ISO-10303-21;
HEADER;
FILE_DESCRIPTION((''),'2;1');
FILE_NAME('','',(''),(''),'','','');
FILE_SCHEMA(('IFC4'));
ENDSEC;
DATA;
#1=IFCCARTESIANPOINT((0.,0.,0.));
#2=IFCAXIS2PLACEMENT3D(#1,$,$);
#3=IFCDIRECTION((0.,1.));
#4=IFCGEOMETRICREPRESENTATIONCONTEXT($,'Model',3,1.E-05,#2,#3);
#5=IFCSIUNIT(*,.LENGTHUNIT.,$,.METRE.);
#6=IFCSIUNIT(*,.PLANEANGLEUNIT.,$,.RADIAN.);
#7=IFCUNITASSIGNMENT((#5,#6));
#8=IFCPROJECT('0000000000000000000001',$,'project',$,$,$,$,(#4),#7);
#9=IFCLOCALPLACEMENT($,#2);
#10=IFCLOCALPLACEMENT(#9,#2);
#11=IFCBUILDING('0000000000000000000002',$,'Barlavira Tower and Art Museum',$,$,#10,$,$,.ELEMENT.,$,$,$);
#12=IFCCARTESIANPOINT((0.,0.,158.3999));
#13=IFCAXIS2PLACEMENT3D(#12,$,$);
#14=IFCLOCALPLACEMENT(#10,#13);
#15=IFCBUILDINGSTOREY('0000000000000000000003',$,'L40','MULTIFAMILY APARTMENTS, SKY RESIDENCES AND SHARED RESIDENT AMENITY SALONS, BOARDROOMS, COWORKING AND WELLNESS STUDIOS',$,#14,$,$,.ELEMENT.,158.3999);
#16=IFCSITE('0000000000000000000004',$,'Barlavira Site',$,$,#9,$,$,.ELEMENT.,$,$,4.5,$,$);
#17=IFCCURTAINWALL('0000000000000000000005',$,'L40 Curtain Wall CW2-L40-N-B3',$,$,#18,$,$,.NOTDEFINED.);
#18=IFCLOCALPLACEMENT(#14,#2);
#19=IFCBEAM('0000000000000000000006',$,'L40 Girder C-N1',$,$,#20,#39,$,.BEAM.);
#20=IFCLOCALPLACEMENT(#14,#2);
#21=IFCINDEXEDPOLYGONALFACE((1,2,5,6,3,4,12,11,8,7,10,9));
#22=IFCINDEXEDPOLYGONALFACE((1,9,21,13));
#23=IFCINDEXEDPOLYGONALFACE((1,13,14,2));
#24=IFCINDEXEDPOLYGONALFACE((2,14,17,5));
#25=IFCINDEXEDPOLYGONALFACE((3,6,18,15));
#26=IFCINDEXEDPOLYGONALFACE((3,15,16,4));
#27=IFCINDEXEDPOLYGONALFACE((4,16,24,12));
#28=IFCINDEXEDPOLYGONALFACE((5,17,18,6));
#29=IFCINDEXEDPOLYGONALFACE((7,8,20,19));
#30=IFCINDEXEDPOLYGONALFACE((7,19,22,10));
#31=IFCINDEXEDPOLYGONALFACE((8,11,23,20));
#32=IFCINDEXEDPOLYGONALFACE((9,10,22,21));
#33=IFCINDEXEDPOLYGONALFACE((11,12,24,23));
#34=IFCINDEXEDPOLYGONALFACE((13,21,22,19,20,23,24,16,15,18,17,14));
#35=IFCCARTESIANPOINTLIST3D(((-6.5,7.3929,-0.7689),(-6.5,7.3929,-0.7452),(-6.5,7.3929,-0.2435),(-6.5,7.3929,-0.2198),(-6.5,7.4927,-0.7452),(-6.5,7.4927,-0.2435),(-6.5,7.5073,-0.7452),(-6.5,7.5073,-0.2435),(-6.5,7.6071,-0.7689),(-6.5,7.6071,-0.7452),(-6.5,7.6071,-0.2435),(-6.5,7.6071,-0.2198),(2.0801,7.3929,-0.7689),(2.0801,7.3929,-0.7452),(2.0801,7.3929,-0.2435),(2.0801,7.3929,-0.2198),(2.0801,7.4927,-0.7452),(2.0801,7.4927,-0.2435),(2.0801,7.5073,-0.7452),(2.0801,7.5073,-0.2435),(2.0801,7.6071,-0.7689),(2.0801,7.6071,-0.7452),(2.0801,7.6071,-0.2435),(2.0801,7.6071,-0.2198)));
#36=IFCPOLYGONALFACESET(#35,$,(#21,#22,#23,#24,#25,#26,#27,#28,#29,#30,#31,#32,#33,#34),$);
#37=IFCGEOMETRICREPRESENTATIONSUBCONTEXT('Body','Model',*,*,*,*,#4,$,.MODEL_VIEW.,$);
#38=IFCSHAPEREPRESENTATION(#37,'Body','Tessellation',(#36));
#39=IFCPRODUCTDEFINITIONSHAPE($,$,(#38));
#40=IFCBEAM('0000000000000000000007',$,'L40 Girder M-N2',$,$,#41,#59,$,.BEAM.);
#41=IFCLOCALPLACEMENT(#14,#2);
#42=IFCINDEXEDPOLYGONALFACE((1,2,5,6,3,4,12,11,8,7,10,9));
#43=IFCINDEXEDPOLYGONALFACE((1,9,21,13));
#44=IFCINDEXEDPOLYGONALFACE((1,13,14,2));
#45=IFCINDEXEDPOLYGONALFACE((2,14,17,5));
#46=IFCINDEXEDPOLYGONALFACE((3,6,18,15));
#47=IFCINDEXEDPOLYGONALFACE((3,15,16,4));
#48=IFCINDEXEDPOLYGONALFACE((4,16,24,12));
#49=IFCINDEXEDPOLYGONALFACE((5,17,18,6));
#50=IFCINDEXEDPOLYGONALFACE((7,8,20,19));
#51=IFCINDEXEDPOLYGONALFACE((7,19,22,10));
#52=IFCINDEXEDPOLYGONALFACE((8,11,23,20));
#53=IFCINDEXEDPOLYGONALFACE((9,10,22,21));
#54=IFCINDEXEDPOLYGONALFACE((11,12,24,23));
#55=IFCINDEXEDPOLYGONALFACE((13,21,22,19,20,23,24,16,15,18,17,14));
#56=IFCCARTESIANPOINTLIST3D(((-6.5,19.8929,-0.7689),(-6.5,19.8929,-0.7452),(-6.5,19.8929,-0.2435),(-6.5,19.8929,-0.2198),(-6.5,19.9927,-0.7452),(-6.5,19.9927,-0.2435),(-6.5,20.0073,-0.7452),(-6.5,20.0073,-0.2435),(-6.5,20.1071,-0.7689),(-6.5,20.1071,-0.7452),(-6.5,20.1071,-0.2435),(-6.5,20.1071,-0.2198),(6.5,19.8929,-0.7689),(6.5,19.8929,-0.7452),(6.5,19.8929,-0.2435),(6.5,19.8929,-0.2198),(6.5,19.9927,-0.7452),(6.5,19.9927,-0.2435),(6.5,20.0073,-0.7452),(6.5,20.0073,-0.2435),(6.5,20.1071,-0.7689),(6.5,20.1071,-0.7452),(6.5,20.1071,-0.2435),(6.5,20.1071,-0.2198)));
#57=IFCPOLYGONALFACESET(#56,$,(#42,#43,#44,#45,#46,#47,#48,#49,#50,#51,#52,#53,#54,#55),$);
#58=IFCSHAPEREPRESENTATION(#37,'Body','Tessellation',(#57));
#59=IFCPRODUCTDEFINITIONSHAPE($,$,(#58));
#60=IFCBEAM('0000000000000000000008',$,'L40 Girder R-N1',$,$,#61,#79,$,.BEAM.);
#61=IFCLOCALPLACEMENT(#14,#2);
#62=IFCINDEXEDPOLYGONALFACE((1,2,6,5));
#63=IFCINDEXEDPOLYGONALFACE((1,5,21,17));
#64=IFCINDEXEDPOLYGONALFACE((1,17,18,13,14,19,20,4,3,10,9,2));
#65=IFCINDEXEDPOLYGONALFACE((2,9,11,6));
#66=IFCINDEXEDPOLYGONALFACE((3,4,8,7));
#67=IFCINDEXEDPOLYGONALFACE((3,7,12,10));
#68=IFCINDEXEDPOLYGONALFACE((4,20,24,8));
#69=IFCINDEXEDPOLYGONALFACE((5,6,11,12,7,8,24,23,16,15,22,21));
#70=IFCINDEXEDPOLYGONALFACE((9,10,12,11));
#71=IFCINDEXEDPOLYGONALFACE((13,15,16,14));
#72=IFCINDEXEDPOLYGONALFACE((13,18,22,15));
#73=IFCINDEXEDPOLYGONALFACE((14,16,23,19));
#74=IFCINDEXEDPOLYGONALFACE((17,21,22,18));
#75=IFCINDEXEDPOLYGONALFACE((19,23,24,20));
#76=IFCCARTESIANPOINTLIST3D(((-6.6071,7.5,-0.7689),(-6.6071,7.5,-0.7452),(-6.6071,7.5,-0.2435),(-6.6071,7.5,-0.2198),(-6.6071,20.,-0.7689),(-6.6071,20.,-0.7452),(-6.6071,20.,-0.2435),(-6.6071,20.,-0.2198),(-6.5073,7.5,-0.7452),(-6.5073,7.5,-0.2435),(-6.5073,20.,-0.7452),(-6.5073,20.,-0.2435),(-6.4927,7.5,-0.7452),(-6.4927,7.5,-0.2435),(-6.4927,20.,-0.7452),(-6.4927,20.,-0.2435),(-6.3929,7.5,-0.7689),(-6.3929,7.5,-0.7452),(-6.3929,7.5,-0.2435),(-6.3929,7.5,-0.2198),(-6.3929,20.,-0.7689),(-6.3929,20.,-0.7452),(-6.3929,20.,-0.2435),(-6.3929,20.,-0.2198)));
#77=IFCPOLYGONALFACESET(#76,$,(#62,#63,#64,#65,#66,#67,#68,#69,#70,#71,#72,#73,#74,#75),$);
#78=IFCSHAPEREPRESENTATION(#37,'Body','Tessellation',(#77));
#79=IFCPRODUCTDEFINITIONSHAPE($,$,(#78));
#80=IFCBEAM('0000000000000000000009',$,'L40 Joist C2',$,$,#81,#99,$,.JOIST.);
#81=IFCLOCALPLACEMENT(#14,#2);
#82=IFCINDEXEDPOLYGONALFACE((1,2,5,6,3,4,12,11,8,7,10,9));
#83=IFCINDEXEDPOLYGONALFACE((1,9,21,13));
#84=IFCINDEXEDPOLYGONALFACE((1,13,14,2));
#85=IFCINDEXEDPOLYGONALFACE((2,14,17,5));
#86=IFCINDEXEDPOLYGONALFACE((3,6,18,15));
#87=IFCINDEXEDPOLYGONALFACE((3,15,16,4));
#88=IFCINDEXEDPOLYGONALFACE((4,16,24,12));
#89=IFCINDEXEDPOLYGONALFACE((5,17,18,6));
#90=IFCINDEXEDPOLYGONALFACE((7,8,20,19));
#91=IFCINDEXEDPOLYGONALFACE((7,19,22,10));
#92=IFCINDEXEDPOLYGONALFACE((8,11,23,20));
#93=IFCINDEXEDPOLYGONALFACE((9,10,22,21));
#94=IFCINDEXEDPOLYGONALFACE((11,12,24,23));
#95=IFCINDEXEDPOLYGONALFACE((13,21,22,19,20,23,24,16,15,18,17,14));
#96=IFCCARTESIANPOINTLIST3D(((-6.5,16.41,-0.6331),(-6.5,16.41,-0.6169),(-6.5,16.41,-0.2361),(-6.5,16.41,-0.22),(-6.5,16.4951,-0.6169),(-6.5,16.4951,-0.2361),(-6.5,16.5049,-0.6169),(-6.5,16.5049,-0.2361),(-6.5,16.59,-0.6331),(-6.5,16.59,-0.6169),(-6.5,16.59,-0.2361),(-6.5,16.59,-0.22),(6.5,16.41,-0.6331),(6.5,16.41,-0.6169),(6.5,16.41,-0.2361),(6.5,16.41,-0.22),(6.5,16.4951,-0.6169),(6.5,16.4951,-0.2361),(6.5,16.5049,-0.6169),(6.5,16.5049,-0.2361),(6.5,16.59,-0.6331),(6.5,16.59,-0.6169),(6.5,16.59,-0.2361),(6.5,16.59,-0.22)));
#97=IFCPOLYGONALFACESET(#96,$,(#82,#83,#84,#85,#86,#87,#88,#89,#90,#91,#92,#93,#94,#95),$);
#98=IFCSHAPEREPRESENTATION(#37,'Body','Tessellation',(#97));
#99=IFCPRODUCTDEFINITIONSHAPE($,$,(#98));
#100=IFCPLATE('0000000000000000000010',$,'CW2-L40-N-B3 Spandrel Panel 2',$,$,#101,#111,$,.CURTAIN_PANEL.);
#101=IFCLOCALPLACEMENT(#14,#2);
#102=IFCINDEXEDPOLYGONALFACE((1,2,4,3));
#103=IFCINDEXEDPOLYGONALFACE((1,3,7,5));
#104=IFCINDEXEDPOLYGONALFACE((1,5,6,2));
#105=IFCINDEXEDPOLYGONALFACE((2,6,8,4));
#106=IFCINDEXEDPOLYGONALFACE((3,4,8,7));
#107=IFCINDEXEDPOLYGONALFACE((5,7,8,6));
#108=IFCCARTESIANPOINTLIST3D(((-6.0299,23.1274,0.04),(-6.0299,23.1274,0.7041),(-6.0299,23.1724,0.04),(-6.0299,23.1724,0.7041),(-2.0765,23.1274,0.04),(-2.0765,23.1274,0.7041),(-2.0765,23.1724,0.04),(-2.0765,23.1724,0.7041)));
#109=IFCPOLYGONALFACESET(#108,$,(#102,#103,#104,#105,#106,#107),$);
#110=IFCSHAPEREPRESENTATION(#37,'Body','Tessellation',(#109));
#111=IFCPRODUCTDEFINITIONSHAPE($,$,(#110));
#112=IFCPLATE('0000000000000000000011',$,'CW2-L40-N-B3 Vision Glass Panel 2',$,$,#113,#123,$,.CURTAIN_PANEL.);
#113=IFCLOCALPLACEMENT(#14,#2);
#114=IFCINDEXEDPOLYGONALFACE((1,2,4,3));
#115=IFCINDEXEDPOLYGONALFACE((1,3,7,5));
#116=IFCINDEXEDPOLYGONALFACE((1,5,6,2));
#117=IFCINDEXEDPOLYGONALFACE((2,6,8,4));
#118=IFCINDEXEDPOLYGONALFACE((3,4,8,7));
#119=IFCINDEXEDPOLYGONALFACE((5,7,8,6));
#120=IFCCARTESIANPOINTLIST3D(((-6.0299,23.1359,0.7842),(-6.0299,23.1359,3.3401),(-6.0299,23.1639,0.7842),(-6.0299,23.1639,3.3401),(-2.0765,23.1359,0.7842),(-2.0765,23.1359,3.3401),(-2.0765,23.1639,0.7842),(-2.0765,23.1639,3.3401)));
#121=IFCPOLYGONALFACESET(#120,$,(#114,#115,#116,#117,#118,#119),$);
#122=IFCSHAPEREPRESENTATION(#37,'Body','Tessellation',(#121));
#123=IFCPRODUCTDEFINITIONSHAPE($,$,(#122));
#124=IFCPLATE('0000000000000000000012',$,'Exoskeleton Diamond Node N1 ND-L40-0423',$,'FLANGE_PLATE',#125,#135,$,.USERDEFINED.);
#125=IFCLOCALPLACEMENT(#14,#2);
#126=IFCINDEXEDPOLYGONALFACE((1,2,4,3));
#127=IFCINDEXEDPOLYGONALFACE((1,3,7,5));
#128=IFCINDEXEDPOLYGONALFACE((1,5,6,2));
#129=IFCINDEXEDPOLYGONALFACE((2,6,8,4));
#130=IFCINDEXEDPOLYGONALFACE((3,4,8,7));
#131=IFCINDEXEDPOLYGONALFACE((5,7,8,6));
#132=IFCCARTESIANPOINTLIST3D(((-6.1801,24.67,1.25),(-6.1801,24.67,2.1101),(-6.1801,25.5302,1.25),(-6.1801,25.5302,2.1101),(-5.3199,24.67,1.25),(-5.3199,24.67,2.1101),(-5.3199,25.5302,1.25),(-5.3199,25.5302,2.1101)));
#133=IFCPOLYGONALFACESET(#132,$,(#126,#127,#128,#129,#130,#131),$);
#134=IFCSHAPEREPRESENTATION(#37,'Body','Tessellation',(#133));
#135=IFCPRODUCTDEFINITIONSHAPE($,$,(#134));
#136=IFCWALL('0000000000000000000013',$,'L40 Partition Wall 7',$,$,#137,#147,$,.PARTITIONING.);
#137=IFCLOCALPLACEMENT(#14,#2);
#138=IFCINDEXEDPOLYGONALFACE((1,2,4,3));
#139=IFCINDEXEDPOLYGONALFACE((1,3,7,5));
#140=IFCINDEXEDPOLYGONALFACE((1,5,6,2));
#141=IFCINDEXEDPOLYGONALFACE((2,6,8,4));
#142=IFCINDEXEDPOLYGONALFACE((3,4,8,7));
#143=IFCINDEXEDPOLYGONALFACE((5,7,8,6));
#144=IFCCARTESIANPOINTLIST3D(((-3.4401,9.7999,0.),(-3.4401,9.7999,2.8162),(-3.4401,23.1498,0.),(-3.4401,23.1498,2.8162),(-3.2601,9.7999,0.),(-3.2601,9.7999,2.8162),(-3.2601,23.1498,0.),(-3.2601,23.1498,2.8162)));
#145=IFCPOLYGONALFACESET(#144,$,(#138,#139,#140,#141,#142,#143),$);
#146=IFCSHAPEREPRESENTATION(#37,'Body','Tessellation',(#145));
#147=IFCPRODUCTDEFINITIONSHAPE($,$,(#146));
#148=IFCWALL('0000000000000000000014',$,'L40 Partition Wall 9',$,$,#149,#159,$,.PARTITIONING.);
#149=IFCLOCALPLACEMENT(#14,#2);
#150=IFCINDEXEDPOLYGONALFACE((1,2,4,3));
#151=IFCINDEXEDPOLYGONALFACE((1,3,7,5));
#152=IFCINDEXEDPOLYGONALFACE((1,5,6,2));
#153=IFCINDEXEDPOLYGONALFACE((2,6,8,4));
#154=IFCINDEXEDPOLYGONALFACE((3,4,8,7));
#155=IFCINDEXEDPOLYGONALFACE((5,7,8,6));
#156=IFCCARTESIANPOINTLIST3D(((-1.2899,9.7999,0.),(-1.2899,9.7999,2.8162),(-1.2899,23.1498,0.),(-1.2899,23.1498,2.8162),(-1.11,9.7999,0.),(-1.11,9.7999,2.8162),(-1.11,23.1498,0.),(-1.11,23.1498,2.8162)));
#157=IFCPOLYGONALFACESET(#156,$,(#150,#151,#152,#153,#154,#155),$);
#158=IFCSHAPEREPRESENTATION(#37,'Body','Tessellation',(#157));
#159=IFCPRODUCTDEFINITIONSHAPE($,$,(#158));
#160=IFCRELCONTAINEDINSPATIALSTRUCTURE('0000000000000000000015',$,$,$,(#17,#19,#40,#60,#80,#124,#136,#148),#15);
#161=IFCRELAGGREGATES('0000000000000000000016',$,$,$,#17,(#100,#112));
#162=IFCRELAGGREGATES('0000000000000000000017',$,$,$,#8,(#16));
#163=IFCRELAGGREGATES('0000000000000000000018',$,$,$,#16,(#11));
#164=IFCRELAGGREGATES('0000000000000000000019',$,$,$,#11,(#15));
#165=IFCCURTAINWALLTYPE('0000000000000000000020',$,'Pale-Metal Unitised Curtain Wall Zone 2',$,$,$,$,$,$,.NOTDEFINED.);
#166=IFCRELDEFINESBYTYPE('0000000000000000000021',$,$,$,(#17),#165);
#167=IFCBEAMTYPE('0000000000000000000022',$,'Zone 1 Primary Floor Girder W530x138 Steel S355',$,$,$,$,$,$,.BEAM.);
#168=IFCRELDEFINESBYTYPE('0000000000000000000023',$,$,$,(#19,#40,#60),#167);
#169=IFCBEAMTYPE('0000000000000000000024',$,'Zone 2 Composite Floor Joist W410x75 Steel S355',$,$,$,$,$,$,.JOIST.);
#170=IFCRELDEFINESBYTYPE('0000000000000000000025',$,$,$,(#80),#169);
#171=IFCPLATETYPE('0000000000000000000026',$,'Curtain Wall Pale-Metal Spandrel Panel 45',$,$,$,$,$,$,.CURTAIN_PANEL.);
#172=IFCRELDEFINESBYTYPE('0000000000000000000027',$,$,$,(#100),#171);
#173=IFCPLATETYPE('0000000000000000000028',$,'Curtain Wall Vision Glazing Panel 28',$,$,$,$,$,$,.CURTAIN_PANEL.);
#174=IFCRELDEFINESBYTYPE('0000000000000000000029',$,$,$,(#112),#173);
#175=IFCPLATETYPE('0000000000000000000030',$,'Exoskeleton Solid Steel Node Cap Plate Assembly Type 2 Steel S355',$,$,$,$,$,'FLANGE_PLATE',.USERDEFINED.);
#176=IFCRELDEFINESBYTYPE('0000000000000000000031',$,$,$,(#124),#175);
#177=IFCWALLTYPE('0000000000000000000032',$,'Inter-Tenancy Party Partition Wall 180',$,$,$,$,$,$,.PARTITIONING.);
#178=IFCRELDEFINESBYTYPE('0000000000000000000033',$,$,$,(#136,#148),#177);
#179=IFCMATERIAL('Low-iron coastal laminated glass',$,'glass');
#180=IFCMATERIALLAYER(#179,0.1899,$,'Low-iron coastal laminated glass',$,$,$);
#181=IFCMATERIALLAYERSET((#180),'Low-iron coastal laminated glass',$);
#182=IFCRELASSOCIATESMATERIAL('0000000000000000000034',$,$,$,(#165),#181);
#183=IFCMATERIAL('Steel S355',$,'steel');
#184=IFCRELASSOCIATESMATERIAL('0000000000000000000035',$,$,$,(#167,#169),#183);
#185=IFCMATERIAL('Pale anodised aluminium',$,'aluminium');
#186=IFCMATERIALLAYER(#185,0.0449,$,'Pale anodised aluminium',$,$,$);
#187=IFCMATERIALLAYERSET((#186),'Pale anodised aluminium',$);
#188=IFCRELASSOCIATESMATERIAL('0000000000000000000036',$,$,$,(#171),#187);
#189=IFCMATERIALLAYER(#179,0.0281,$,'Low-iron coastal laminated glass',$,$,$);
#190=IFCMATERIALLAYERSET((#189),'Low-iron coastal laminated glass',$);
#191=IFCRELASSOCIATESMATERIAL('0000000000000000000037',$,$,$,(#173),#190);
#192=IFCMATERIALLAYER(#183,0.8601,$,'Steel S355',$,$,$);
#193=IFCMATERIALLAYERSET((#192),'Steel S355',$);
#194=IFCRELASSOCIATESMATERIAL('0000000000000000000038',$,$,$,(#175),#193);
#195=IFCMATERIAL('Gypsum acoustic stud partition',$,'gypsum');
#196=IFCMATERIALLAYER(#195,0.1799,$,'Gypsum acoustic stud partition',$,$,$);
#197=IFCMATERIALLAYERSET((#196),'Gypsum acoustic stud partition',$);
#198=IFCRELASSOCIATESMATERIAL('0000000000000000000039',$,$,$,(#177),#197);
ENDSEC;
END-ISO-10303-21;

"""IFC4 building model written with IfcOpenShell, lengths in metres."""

from ifc_helpers import new_model, si_unit, direction, frame, frame_2d, origin, origin_2d, place, context, subcontext, project, spatial, rectangle, i_section, extrude, material, layer, layer_set, material_profile, profile_set, type_object, element, aggregate, save


model = new_model("IFC4")

# Units and contexts
model_context = context("Model", 3, precision=1e-05, world=origin(), true_north=direction((0.0, 1.0)))
body_context = subcontext(model_context, "Body", "Model", "MODEL_VIEW")
ifc_project = project(units=[si_unit("LENGTHUNIT", "METRE"), si_unit("PLANEANGLEUNIT", "RADIAN")], contexts=[model_context])

# Site, building, storey
site_placement = place(None, origin())
site = spatial("IfcSite", under=ifc_project, at=site_placement, Name="Barlavira Site", CompositionType="ELEMENT", RefElevation=4.5)
building_placement = place(site_placement, origin())
building = spatial("IfcBuilding", under=site, at=building_placement, Name="Barlavira Tower and Art Museum", CompositionType="ELEMENT")
storey_placement = place(building_placement, frame((0.0, 0.0, 158.3999)))
storey = spatial("IfcBuildingStorey", under=building, at=storey_placement, Name="L40", Description="MULTIFAMILY APARTMENTS, SKY RESIDENCES AND SHARED RESIDENT AMENITY SALONS, BOARDROOMS, COWORKING AND WELLNESS STUDIOS", CompositionType="ELEMENT", Elevation=158.3999)

# Shared definitions
ifc_material_1 = material(Name="Steel S355", Category="steel")

# Curtain wall
ifc_material_2 = material(Name="Low-iron coastal laminated glass", Category="glass")
ifc_layer_1 = layer(ifc_material_2, 0.1899, Name="Low-iron coastal laminated glass")
ifc_layer_set_1 = layer_set([ifc_layer_1], Name="Low-iron coastal laminated glass")
curtain_wall_type = type_object("IfcCurtainWallType", Name="Pale-Metal Unitised Curtain Wall Zone 2", PredefinedType="NOTDEFINED", material=ifc_layer_set_1)
curtain_wall_placement = place(storey_placement, origin())
curtain_wall = element("IfcCurtainWall", 1, at=curtain_wall_placement, inside=storey, type_object=curtain_wall_type, Name="L40 Curtain Wall CW2-L40-N-B3", PredefinedType="NOTDEFINED")
ifc_material_3 = material(Name="Pale anodised aluminium", Category="aluminium")

# Beams
ifc_material_profile_1 = material_profile(ifc_material_1, i_section(OverallWidth=0.2141, OverallDepth=0.5491, WebThickness=0.0146, FlangeThickness=0.0237, at=origin_2d()), Name="W530x138.0")
ifc_profile_set_1 = profile_set([ifc_material_profile_1], Name="Steel S355")
beam_type_1 = type_object("IfcBeamType", Name="Zone 1 Primary Floor Girder W530x138 Steel S355", PredefinedType="BEAM", material=ifc_profile_set_1)
beam_1_placement = place(storey_placement, frame((-6.5, 7.5, -0.4944), z_axis=(1.0, 0.0, 0.0), x_axis=(0.0, 1.0, 0.0)))
element("IfcBeam", 2, at=beam_1_placement, inside=storey, type_object=beam_type_1, Name="L40 Girder C-N1", PredefinedType="BEAM", context=body_context, shape_type="SweptSolid", body=[
    extrude(i_section(OverallWidth=0.2141, OverallDepth=0.5491, WebThickness=0.0146, FlangeThickness=0.0237, at=origin_2d()), origin(), (0.0, 0.0, 1.0), 8.5801),
])
beam_2_placement = place(storey_placement, frame((-6.5, 20.0, -0.4944), z_axis=(1.0, 0.0, 0.0), x_axis=(0.0, 1.0, 0.0)))
element("IfcBeam", 3, at=beam_2_placement, inside=storey, type_object=beam_type_1, Name="L40 Girder M-N2", PredefinedType="BEAM", context=body_context, shape_type="SweptSolid", body=[
    extrude(i_section(OverallWidth=0.2141, OverallDepth=0.5491, WebThickness=0.0146, FlangeThickness=0.0237, at=origin_2d()), origin(), (0.0, 0.0, 1.0), 13.0),
])
beam_3_placement = place(storey_placement, frame((-6.5, 7.5, -0.4944), z_axis=(0.0, 1.0, 0.0), x_axis=(-1.0, 0.0, 0.0)))
element("IfcBeam", 4, at=beam_3_placement, inside=storey, type_object=beam_type_1, Name="L40 Girder R-N1", PredefinedType="BEAM", context=body_context, shape_type="SweptSolid", body=[
    extrude(i_section(OverallWidth=0.2141, OverallDepth=0.5491, WebThickness=0.0146, FlangeThickness=0.0237, at=origin_2d()), origin(), (0.0, 0.0, 1.0), 12.5),
])
ifc_material_profile_2 = material_profile(ifc_material_1, i_section(OverallWidth=0.1799, OverallDepth=0.4131, WebThickness=0.0098, FlangeThickness=0.0161, at=origin_2d()), Name="W410x75.0")
ifc_profile_set_2 = profile_set([ifc_material_profile_2], Name="Steel S355")
beam_type_2 = type_object("IfcBeamType", Name="Zone 2 Composite Floor Joist W410x75 Steel S355", PredefinedType="JOIST", material=ifc_profile_set_2)
beam_4_placement = place(storey_placement, frame((-6.5, 16.5, -0.4265), z_axis=(1.0, 0.0, 0.0), x_axis=(0.0, 1.0, 0.0)))
element("IfcBeam", 5, at=beam_4_placement, inside=storey, type_object=beam_type_2, Name="L40 Joist C2", PredefinedType="JOIST", context=body_context, shape_type="SweptSolid", body=[
    extrude(i_section(OverallWidth=0.1799, OverallDepth=0.4131, WebThickness=0.0098, FlangeThickness=0.0161, at=origin_2d()), origin(), (0.0, 0.0, 1.0), 13.0),
])

# Plates
ifc_layer_2 = layer(ifc_material_3, 0.0449, Name="Pale anodised aluminium")
ifc_layer_set_2 = layer_set([ifc_layer_2], Name="Pale anodised aluminium")
plate_type_1 = type_object("IfcPlateType", Name="Curtain Wall Pale-Metal Spandrel Panel 45", PredefinedType="CURTAIN_PANEL", material=ifc_layer_set_2)
plate_1_placement = place(storey_placement, frame((-4.0532, 23.1499, 0.04), z_axis=(0.0, 0.0, 1.0), x_axis=(-1.0, 0.0, 0.0)))
plate_1 = element("IfcPlate", 6, at=plate_1_placement, type_object=plate_type_1, Name="CW2-L40-N-B3 Spandrel Panel 2", PredefinedType="CURTAIN_PANEL", context=body_context, shape_type="SweptSolid", body=[
    extrude(rectangle(XDim=3.9534, YDim=0.0449, at=origin_2d()), origin(), (0.0, 0.0, 1.0), 0.6641),
])
ifc_layer_3 = layer(ifc_material_2, 0.0281, Name="Low-iron coastal laminated glass")
ifc_layer_set_3 = layer_set([ifc_layer_3], Name="Low-iron coastal laminated glass")
plate_type_2 = type_object("IfcPlateType", Name="Curtain Wall Vision Glazing Panel 28", PredefinedType="CURTAIN_PANEL", material=ifc_layer_set_3)
plate_2_placement = place(storey_placement, frame((-4.0532, 23.1499, 0.7842), z_axis=(0.0, 0.0, 1.0), x_axis=(-1.0, 0.0, 0.0)))
plate_2 = element("IfcPlate", 7, at=plate_2_placement, type_object=plate_type_2, Name="CW2-L40-N-B3 Vision Glass Panel 2", PredefinedType="CURTAIN_PANEL", context=body_context, shape_type="SweptSolid", body=[
    extrude(rectangle(XDim=3.9534, YDim=0.0281, at=origin_2d()), origin(), (0.0, 0.0, 1.0), 2.5559),
])
aggregate(curtain_wall, [plate_1, plate_2])
ifc_layer_4 = layer(ifc_material_1, 0.8601, Name="Steel S355")
ifc_layer_set_4 = layer_set([ifc_layer_4], Name="Steel S355")
plate_type_3 = type_object("IfcPlateType", Name="Exoskeleton Solid Steel Node Cap Plate Assembly Type 2 Steel S355", ElementType="FLANGE_PLATE", PredefinedType="USERDEFINED", material=ifc_layer_set_4)
plate_3_placement = place(storey_placement, frame((-5.75, 25.1001, 1.25), z_axis=(0.0, 0.0, 1.0), x_axis=(1.0, 0.0, 0.0)))
element("IfcPlate", 8, at=plate_3_placement, inside=storey, type_object=plate_type_3, Name="Exoskeleton Diamond Node N1 ND-L40-0423", ObjectType="FLANGE_PLATE", PredefinedType="USERDEFINED", context=body_context, shape_type="SweptSolid", body=[
    extrude(rectangle(XDim=0.8601, YDim=0.8601, at=origin_2d()), origin(), (0.0, 0.0, 1.0), 0.8601),
])

# Walls
ifc_material_4 = material(Name="Gypsum acoustic stud partition", Category="gypsum")
ifc_layer_5 = layer(ifc_material_4, 0.1799, Name="Gypsum acoustic stud partition")
ifc_layer_set_5 = layer_set([ifc_layer_5], Name="Gypsum acoustic stud partition")
wall_type_1 = type_object("IfcWallType", Name="Inter-Tenancy Party Partition Wall 180", PredefinedType="PARTITIONING", material=ifc_layer_set_5)
for number, where, z_axis, x_axis, name in (
    (9, (-3.3501, 9.8, 0.0), (0.0, 0.0, 1.0), (0.0, 1.0, 0.0), "L40 Partition Wall 7"),
    (10, (-1.2, 9.8, 0.0), (0.0, 0.0, 1.0), (0.0, 1.0, 0.0), "L40 Partition Wall 9"),
):
    element("IfcWall", number, at=place(storey_placement, frame(where, z_axis=z_axis, x_axis=x_axis)), inside=storey, type_object=wall_type_1, Name=name, PredefinedType="PARTITIONING", context=body_context, shape_type="SweptSolid", body=[
        extrude(rectangle(XDim=13.3499, YDim=0.1799, at=frame_2d((6.6748, 0.0))), origin(), (0.0, 0.0, 1.0), 2.8162),
    ])

save(model, "model.ifc")
